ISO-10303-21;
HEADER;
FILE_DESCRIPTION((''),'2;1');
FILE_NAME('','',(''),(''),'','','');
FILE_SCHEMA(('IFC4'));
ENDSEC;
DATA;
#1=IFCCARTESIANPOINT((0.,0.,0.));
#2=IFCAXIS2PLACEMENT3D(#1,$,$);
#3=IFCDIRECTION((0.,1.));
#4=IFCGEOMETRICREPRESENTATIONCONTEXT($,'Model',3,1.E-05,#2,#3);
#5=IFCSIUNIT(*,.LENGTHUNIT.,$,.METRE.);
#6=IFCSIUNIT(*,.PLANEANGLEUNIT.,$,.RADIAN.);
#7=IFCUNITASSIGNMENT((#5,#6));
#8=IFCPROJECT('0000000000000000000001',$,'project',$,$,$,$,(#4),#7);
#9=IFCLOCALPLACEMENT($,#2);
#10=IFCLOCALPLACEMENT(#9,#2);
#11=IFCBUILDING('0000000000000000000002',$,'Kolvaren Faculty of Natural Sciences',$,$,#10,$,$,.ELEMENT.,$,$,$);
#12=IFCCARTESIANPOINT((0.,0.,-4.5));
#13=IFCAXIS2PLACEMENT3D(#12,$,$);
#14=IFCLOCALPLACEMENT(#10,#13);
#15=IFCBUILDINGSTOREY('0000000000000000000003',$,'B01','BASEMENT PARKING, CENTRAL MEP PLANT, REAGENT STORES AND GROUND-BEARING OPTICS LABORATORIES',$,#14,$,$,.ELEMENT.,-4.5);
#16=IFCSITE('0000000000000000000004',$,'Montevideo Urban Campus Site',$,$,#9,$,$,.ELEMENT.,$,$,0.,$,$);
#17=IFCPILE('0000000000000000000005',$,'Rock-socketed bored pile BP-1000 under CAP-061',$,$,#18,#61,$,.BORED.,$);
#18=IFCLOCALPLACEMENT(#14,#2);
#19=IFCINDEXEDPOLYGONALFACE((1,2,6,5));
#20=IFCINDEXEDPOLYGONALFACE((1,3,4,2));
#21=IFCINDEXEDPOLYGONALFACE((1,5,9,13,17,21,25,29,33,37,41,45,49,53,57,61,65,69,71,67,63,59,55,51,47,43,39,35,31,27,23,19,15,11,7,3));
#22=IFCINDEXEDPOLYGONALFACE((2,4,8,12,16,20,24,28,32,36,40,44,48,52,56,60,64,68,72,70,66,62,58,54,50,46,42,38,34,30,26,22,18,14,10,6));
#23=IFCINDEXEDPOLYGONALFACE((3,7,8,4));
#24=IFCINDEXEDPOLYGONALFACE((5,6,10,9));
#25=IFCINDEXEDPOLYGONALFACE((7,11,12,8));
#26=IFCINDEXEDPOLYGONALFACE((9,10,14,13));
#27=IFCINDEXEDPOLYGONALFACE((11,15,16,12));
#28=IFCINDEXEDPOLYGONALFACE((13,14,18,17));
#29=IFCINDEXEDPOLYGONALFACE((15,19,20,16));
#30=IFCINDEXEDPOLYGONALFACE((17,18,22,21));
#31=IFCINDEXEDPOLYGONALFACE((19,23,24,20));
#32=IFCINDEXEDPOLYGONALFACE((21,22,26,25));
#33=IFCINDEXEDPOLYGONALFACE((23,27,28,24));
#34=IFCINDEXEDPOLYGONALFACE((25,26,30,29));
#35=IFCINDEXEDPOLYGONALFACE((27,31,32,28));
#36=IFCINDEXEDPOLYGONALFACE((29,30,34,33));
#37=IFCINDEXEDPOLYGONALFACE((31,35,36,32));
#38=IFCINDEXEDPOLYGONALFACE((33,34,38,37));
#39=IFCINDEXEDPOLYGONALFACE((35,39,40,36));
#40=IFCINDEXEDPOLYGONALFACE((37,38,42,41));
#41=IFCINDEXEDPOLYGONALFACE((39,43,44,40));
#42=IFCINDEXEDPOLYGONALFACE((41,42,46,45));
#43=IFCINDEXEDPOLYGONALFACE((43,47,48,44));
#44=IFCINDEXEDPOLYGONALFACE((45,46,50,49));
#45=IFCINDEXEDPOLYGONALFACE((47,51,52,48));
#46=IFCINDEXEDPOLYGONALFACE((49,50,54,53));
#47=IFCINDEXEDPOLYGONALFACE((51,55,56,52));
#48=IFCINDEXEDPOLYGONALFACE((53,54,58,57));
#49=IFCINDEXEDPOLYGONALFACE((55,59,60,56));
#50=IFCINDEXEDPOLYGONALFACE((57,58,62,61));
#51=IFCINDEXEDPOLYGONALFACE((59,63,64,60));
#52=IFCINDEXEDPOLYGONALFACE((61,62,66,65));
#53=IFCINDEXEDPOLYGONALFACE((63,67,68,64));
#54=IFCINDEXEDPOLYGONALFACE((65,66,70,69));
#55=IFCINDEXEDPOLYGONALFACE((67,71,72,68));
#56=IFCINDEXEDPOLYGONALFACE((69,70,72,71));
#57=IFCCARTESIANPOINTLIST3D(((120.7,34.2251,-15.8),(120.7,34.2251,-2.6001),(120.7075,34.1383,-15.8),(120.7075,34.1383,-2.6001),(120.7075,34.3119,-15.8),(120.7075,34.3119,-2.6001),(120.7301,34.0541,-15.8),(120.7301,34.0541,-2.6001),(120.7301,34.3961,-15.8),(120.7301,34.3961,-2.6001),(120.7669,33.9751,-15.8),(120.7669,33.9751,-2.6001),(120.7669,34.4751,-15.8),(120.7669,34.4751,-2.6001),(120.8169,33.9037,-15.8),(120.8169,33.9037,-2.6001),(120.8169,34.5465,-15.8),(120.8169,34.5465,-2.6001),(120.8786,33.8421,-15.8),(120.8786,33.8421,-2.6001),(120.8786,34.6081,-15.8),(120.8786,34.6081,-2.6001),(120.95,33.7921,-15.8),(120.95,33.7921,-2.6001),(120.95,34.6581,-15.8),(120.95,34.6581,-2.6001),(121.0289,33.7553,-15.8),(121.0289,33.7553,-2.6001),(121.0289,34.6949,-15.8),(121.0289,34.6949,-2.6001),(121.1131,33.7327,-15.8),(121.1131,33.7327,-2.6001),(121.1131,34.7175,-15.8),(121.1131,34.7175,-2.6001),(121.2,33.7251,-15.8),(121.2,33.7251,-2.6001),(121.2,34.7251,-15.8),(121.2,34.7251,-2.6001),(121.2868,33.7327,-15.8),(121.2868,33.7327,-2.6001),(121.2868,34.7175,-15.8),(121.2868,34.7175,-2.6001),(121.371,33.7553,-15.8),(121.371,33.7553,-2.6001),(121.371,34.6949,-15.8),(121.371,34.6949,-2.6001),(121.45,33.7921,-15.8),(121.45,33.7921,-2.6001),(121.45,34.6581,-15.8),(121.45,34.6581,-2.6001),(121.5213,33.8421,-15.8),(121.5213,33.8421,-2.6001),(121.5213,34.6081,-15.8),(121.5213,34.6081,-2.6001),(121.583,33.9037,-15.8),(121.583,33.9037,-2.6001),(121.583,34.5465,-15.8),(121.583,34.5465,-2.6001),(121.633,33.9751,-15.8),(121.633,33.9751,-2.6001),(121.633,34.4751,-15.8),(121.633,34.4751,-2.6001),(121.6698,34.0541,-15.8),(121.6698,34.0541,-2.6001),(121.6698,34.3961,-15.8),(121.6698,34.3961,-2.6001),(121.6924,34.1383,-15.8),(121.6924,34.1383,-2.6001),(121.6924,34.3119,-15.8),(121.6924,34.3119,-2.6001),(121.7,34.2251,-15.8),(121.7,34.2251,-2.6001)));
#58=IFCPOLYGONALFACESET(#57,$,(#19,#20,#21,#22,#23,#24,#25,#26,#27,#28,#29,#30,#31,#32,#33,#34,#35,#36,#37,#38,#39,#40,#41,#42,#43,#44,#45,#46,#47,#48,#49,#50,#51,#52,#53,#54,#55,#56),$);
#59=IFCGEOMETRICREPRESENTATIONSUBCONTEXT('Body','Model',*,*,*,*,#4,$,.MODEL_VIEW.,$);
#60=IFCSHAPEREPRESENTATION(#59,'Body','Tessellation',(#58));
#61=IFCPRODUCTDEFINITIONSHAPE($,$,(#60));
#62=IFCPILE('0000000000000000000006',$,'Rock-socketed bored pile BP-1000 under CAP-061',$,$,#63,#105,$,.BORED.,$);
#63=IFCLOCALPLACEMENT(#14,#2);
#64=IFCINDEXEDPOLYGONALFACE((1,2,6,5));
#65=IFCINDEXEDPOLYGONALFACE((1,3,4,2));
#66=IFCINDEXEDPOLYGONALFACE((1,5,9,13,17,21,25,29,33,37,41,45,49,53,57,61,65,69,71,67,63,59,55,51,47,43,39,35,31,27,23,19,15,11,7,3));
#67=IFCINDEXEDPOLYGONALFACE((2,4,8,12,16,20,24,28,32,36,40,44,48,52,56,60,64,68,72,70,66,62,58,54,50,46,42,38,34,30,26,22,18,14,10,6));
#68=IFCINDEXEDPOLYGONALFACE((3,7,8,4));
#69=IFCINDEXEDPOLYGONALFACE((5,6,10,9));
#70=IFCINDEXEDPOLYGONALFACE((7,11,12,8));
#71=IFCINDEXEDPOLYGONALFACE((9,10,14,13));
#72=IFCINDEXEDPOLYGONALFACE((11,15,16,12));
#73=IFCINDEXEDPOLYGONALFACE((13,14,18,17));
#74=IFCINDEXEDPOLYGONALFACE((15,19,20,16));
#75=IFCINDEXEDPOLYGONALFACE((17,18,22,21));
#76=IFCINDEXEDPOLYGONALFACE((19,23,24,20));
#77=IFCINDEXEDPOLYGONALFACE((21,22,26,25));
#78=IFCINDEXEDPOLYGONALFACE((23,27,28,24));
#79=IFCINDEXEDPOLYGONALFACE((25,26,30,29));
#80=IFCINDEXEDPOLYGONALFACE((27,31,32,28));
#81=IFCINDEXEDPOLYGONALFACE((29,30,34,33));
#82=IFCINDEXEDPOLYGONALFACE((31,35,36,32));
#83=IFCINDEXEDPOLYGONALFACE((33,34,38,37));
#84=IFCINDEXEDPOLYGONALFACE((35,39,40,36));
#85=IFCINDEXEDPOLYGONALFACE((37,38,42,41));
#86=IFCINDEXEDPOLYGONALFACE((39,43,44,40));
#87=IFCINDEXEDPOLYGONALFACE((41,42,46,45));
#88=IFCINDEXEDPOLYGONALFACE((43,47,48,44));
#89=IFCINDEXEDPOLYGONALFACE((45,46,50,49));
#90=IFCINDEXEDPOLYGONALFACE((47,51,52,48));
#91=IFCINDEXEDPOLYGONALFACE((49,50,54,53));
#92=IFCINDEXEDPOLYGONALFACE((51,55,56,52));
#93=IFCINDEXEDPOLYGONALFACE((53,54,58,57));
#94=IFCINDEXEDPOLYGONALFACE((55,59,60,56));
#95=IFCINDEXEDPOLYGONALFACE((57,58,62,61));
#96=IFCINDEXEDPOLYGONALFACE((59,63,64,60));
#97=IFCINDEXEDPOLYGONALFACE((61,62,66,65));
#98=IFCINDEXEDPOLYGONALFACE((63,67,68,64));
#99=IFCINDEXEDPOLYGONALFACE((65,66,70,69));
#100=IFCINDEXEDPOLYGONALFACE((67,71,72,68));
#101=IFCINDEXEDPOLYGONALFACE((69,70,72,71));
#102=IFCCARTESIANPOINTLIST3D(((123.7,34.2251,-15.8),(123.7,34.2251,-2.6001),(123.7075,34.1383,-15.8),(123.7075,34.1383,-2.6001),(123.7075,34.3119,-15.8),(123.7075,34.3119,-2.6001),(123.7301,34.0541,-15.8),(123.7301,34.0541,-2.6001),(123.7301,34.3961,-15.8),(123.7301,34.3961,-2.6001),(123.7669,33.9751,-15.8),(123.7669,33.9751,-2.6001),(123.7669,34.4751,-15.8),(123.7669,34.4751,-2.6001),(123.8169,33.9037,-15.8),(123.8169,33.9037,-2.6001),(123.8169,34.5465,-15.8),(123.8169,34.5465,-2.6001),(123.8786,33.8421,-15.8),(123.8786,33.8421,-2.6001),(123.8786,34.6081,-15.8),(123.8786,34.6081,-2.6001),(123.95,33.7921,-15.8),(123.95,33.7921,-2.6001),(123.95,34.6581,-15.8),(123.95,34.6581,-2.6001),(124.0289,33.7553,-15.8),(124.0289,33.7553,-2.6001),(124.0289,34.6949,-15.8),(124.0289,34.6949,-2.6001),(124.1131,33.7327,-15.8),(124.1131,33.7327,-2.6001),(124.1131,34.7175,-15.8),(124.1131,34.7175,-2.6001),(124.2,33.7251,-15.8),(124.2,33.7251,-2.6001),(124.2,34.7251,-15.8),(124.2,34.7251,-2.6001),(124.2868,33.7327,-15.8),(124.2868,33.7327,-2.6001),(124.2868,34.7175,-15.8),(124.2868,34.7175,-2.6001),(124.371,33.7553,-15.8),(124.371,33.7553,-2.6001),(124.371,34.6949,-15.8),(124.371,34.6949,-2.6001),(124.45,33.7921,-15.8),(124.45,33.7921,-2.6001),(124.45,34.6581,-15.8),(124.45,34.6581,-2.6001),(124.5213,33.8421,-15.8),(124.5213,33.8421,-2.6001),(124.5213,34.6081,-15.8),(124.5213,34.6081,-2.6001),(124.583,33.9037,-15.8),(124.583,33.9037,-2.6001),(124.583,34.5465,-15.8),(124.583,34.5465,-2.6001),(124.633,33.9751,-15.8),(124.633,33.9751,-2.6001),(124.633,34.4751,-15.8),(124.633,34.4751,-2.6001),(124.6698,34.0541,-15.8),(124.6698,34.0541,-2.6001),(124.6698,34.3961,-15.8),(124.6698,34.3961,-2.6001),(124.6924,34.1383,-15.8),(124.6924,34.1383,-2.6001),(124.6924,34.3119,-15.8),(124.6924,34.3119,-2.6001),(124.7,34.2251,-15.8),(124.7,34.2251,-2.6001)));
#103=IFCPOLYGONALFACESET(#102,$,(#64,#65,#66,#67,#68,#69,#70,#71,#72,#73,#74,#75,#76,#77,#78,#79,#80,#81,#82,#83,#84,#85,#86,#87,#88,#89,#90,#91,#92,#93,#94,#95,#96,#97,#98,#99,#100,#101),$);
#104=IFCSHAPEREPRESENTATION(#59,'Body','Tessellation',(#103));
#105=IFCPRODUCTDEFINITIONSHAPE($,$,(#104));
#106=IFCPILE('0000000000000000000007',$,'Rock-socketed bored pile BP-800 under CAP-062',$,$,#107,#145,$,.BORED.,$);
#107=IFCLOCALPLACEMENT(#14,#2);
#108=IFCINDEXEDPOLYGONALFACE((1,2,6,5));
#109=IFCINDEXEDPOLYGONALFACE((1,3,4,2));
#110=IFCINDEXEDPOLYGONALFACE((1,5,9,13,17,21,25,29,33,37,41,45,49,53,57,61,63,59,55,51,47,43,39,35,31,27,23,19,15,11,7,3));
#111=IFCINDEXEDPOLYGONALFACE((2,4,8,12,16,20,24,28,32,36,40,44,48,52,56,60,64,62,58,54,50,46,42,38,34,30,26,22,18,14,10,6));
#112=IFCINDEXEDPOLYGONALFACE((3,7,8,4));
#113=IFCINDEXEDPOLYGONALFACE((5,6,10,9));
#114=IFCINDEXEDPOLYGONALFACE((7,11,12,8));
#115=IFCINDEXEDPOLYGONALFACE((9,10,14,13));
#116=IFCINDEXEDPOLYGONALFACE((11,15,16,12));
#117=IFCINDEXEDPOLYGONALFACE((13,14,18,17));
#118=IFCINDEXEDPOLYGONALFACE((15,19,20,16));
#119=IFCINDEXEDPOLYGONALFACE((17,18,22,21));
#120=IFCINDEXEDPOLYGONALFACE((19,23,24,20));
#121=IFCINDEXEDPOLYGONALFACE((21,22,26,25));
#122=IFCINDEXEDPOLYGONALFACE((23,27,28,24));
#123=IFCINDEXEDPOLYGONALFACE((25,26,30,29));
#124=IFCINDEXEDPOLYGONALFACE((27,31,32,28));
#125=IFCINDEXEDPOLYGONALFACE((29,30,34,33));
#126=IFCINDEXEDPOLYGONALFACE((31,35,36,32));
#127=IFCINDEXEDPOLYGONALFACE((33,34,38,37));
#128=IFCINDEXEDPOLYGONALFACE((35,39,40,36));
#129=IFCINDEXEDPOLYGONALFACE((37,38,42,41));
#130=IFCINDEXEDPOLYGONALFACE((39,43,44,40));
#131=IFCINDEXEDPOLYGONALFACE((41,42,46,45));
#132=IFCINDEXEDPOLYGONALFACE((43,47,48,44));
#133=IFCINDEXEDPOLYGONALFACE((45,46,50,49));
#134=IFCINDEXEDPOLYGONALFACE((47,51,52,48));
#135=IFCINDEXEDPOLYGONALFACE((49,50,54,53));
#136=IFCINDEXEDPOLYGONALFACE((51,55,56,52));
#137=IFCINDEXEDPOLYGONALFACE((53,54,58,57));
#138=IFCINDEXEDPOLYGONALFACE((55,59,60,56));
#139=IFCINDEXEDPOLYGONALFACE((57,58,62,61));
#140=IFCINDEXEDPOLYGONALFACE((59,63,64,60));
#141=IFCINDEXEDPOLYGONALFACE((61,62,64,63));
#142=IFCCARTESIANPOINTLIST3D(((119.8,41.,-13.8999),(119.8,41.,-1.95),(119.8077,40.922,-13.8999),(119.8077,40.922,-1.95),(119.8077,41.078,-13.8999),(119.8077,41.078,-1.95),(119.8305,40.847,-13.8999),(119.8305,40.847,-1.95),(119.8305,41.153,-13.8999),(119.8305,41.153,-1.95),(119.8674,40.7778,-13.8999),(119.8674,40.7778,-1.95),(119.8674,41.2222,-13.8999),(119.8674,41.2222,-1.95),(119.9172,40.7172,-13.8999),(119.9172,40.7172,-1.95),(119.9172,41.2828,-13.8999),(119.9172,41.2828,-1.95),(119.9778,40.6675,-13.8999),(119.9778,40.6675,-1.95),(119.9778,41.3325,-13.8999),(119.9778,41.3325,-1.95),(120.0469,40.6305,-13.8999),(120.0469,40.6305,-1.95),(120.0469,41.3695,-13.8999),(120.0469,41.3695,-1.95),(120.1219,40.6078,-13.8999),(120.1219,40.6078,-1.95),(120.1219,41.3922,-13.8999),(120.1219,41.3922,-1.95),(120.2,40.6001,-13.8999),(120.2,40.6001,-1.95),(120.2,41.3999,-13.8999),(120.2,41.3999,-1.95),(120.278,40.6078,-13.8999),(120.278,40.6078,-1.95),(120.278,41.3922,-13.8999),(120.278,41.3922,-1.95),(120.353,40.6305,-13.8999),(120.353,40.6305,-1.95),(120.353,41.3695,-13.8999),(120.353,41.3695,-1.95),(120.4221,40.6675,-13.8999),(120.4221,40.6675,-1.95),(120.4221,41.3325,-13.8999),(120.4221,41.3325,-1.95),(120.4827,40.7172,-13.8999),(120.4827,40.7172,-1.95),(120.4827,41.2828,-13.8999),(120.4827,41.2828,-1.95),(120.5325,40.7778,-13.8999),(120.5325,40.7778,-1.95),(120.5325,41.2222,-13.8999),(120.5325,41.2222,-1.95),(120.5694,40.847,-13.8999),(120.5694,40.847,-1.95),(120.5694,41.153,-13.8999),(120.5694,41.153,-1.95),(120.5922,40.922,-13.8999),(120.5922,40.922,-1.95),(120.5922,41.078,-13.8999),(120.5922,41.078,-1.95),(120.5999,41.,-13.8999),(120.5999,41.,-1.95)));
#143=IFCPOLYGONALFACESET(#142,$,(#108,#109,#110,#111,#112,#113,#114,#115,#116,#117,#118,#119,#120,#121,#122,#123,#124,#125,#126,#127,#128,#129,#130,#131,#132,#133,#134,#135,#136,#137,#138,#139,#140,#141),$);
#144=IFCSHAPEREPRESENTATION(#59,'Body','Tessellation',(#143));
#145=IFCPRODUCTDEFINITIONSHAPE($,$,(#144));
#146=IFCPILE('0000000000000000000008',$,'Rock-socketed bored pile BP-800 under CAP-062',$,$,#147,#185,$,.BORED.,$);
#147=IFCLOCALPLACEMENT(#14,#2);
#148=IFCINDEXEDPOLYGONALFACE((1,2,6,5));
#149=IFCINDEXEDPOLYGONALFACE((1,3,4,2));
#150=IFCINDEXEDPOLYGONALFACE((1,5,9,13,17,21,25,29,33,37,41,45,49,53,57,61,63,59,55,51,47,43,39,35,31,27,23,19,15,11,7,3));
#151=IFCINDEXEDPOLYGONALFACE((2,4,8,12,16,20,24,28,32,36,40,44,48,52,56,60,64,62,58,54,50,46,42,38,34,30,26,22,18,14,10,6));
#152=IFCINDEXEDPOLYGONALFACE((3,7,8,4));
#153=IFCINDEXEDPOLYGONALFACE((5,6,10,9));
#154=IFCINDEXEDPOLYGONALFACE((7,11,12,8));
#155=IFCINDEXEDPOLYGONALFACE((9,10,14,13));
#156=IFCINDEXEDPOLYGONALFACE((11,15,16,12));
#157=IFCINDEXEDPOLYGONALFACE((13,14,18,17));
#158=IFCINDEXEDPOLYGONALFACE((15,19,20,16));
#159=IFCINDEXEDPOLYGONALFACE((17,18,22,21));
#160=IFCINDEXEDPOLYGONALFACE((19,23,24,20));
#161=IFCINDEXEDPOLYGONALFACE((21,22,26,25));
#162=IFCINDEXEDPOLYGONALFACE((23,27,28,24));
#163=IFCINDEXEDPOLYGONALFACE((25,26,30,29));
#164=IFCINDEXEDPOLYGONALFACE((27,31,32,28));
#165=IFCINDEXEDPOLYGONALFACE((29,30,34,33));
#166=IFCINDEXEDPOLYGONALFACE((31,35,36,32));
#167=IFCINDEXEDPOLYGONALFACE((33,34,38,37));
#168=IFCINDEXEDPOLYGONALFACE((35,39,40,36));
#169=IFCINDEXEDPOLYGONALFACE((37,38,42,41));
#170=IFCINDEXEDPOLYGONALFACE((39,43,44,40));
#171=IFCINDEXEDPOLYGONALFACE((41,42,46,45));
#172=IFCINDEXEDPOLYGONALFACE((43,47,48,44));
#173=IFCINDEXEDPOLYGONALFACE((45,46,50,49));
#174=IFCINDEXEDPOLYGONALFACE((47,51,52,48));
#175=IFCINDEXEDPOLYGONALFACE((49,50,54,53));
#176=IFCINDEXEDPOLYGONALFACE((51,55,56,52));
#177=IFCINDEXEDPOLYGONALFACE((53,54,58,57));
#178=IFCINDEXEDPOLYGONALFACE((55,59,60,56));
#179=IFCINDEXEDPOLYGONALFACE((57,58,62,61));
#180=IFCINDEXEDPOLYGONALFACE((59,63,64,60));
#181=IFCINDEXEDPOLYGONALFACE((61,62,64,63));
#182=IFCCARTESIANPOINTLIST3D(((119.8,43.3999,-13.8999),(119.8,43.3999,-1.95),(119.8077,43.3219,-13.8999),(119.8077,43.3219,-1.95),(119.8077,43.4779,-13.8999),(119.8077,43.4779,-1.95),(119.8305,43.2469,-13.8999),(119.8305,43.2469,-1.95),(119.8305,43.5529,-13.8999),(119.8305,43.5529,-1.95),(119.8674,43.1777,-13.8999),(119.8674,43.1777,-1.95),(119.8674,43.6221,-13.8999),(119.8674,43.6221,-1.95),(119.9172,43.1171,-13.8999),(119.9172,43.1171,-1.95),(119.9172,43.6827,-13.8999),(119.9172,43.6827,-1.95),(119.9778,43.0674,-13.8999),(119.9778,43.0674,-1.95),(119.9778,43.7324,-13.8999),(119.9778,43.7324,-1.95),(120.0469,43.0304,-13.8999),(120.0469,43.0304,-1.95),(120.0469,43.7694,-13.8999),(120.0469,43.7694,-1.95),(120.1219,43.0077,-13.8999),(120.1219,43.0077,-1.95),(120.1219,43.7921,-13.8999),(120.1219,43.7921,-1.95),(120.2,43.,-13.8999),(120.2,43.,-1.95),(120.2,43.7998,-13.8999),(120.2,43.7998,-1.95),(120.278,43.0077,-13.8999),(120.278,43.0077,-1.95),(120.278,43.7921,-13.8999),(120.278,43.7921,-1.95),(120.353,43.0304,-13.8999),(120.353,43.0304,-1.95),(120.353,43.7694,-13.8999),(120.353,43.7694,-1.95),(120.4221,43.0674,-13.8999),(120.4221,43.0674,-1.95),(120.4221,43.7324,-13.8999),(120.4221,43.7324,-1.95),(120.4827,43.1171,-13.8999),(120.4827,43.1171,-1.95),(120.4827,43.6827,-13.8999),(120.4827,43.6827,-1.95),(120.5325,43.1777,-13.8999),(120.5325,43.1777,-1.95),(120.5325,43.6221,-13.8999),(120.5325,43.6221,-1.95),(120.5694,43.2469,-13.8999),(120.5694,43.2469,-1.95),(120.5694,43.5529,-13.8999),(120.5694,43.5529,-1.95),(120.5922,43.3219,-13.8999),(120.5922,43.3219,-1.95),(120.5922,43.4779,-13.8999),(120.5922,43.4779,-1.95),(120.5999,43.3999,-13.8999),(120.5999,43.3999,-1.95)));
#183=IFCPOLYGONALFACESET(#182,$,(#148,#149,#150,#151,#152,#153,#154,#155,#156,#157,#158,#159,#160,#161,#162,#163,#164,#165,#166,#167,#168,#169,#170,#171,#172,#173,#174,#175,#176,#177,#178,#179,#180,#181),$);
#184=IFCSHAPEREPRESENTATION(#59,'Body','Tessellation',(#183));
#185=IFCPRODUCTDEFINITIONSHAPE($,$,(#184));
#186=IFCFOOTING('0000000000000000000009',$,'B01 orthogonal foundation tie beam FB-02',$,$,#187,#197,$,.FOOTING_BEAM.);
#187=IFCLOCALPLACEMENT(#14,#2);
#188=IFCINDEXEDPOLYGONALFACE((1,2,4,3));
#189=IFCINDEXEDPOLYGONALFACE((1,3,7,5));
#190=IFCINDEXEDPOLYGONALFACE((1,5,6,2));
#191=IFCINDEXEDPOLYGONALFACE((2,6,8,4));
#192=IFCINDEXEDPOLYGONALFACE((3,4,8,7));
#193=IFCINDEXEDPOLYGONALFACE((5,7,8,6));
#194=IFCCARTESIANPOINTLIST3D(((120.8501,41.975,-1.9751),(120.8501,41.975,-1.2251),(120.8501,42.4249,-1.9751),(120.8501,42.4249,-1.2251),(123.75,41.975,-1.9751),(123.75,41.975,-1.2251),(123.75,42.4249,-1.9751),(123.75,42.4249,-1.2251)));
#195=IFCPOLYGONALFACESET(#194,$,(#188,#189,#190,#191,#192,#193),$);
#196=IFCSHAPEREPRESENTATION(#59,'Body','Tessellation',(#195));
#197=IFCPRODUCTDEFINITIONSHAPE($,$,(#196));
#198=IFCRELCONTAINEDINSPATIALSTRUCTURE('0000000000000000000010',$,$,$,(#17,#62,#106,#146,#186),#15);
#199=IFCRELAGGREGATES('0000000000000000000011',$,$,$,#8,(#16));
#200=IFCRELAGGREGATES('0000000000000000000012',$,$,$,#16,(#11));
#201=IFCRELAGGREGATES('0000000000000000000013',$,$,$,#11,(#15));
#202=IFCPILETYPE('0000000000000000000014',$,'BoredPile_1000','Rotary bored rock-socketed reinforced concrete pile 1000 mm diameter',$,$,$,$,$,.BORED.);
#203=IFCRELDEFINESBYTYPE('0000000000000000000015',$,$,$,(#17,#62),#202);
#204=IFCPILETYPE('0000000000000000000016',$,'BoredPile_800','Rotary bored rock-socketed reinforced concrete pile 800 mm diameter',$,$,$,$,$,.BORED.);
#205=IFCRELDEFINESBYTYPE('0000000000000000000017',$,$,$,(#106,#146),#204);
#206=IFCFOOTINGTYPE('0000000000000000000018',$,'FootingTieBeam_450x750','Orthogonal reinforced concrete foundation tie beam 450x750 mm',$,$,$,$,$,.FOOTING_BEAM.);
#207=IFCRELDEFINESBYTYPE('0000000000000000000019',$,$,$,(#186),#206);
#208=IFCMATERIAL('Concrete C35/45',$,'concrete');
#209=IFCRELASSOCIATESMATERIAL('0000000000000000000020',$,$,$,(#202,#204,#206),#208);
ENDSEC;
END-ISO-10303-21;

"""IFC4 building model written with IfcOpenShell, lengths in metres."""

from ifc_helpers import new_model, si_unit, direction, frame, origin, origin_2d, place, context, subcontext, project, spatial, rectangle, circle, extrude, material, material_profile, profile_set, type_object, element, save


model = new_model("IFC4")

# Units and contexts
model_context = context("Model", 3, precision=1e-05, world=origin(), true_north=direction((0.0, 1.0)))
body_context = subcontext(model_context, "Body", "Model", "MODEL_VIEW")
ifc_project = project(units=[si_unit("LENGTHUNIT", "METRE"), si_unit("PLANEANGLEUNIT", "RADIAN")], contexts=[model_context])

# Site, building, storey
site_placement = place(None, origin())
site = spatial("IfcSite", under=ifc_project, at=site_placement, Name="Montevideo Urban Campus Site", CompositionType="ELEMENT", RefElevation=0.0)
building_placement = place(site_placement, origin())
building = spatial("IfcBuilding", under=site, at=building_placement, Name="Kolvaren Faculty of Natural Sciences", CompositionType="ELEMENT")
storey_placement = place(building_placement, frame((0.0, 0.0, -4.5)))
storey = spatial("IfcBuildingStorey", under=building, at=storey_placement, Name="B01", Description="BASEMENT PARKING, CENTRAL MEP PLANT, REAGENT STORES AND GROUND-BEARING OPTICS LABORATORIES", CompositionType="ELEMENT", Elevation=-4.5)

# Piles
ifc_material_1 = material(Name="Concrete C35/45", Category="concrete")
ifc_material_profile_1 = material_profile(ifc_material_1, circle(Radius=0.5, at=origin_2d()), Name="PILE D1000")
ifc_profile_set_1 = profile_set([ifc_material_profile_1], Name="Concrete C35/45")
pile_type_1 = type_object("IfcPileType", Name="BoredPile_1000", Description="Rotary bored rock-socketed reinforced concrete pile 1000 mm diameter", PredefinedType="BORED", material=ifc_profile_set_1)
for number, where, z_axis, x_axis, name in (
    (1, (121.2, 34.2251, -2.6001), (0.0, 0.0, -1.0), (1.0, 0.0, 0.0), "Rock-socketed bored pile BP-1000 under CAP-061"),
    (2, (124.2, 34.2251, -2.6001), (0.0, 0.0, -1.0), (1.0, 0.0, 0.0), "Rock-socketed bored pile BP-1000 under CAP-061"),
):
    element("IfcPile", number, at=place(storey_placement, frame(where, z_axis=z_axis, x_axis=x_axis)), inside=storey, type_object=pile_type_1, Name=name, PredefinedType="BORED", context=body_context, shape_type="SweptSolid", body=[
        extrude(circle(Radius=0.5, at=origin_2d()), origin(), (0.0, 0.0, 1.0), 13.2),
    ])
ifc_material_profile_2 = material_profile(ifc_material_1, circle(Radius=0.3999, at=origin_2d()), Name="PILE D800")
ifc_profile_set_2 = profile_set([ifc_material_profile_2], Name="Concrete C35/45")
pile_type_2 = type_object("IfcPileType", Name="BoredPile_800", Description="Rotary bored rock-socketed reinforced concrete pile 800 mm diameter", PredefinedType="BORED", material=ifc_profile_set_2)
for number, where, z_axis, x_axis, name in (
    (3, (120.2, 41.0, -1.95), (0.0, 0.0, -1.0), (1.0, 0.0, 0.0), "Rock-socketed bored pile BP-800 under CAP-062"),
    (4, (120.2, 43.3999, -1.95), (0.0, 0.0, -1.0), (1.0, 0.0, 0.0), "Rock-socketed bored pile BP-800 under CAP-062"),
):
    element("IfcPile", number, at=place(storey_placement, frame(where, z_axis=z_axis, x_axis=x_axis)), inside=storey, type_object=pile_type_2, Name=name, PredefinedType="BORED", context=body_context, shape_type="SweptSolid", body=[
        extrude(circle(Radius=0.3999, at=origin_2d()), origin(), (0.0, 0.0, 1.0), 11.95),
    ])

# Footing
ifc_material_profile_3 = material_profile(ifc_material_1, rectangle(XDim=0.45, YDim=0.75, at=origin_2d()), Name="RC FB 450x750")
ifc_profile_set_3 = profile_set([ifc_material_profile_3], Name="Concrete C35/45")
footing_type_1 = type_object("IfcFootingType", Name="FootingTieBeam_450x750", Description="Orthogonal reinforced concrete foundation tie beam 450x750 mm", PredefinedType="FOOTING_BEAM", material=ifc_profile_set_3)
footing_1_placement = place(storey_placement, frame((120.8501, 42.2, -1.6001), z_axis=(1.0, 0.0, 0.0), x_axis=(0.0, 1.0, 0.0)))
element("IfcFooting", 5, at=footing_1_placement, inside=storey, type_object=footing_type_1, Name="B01 orthogonal foundation tie beam FB-02", PredefinedType="FOOTING_BEAM", context=body_context, shape_type="SweptSolid", body=[
    extrude(rectangle(XDim=0.45, YDim=0.75, at=origin_2d()), origin(), (0.0, 0.0, 1.0), 2.8999),
])

save(model, "model.ifc")
